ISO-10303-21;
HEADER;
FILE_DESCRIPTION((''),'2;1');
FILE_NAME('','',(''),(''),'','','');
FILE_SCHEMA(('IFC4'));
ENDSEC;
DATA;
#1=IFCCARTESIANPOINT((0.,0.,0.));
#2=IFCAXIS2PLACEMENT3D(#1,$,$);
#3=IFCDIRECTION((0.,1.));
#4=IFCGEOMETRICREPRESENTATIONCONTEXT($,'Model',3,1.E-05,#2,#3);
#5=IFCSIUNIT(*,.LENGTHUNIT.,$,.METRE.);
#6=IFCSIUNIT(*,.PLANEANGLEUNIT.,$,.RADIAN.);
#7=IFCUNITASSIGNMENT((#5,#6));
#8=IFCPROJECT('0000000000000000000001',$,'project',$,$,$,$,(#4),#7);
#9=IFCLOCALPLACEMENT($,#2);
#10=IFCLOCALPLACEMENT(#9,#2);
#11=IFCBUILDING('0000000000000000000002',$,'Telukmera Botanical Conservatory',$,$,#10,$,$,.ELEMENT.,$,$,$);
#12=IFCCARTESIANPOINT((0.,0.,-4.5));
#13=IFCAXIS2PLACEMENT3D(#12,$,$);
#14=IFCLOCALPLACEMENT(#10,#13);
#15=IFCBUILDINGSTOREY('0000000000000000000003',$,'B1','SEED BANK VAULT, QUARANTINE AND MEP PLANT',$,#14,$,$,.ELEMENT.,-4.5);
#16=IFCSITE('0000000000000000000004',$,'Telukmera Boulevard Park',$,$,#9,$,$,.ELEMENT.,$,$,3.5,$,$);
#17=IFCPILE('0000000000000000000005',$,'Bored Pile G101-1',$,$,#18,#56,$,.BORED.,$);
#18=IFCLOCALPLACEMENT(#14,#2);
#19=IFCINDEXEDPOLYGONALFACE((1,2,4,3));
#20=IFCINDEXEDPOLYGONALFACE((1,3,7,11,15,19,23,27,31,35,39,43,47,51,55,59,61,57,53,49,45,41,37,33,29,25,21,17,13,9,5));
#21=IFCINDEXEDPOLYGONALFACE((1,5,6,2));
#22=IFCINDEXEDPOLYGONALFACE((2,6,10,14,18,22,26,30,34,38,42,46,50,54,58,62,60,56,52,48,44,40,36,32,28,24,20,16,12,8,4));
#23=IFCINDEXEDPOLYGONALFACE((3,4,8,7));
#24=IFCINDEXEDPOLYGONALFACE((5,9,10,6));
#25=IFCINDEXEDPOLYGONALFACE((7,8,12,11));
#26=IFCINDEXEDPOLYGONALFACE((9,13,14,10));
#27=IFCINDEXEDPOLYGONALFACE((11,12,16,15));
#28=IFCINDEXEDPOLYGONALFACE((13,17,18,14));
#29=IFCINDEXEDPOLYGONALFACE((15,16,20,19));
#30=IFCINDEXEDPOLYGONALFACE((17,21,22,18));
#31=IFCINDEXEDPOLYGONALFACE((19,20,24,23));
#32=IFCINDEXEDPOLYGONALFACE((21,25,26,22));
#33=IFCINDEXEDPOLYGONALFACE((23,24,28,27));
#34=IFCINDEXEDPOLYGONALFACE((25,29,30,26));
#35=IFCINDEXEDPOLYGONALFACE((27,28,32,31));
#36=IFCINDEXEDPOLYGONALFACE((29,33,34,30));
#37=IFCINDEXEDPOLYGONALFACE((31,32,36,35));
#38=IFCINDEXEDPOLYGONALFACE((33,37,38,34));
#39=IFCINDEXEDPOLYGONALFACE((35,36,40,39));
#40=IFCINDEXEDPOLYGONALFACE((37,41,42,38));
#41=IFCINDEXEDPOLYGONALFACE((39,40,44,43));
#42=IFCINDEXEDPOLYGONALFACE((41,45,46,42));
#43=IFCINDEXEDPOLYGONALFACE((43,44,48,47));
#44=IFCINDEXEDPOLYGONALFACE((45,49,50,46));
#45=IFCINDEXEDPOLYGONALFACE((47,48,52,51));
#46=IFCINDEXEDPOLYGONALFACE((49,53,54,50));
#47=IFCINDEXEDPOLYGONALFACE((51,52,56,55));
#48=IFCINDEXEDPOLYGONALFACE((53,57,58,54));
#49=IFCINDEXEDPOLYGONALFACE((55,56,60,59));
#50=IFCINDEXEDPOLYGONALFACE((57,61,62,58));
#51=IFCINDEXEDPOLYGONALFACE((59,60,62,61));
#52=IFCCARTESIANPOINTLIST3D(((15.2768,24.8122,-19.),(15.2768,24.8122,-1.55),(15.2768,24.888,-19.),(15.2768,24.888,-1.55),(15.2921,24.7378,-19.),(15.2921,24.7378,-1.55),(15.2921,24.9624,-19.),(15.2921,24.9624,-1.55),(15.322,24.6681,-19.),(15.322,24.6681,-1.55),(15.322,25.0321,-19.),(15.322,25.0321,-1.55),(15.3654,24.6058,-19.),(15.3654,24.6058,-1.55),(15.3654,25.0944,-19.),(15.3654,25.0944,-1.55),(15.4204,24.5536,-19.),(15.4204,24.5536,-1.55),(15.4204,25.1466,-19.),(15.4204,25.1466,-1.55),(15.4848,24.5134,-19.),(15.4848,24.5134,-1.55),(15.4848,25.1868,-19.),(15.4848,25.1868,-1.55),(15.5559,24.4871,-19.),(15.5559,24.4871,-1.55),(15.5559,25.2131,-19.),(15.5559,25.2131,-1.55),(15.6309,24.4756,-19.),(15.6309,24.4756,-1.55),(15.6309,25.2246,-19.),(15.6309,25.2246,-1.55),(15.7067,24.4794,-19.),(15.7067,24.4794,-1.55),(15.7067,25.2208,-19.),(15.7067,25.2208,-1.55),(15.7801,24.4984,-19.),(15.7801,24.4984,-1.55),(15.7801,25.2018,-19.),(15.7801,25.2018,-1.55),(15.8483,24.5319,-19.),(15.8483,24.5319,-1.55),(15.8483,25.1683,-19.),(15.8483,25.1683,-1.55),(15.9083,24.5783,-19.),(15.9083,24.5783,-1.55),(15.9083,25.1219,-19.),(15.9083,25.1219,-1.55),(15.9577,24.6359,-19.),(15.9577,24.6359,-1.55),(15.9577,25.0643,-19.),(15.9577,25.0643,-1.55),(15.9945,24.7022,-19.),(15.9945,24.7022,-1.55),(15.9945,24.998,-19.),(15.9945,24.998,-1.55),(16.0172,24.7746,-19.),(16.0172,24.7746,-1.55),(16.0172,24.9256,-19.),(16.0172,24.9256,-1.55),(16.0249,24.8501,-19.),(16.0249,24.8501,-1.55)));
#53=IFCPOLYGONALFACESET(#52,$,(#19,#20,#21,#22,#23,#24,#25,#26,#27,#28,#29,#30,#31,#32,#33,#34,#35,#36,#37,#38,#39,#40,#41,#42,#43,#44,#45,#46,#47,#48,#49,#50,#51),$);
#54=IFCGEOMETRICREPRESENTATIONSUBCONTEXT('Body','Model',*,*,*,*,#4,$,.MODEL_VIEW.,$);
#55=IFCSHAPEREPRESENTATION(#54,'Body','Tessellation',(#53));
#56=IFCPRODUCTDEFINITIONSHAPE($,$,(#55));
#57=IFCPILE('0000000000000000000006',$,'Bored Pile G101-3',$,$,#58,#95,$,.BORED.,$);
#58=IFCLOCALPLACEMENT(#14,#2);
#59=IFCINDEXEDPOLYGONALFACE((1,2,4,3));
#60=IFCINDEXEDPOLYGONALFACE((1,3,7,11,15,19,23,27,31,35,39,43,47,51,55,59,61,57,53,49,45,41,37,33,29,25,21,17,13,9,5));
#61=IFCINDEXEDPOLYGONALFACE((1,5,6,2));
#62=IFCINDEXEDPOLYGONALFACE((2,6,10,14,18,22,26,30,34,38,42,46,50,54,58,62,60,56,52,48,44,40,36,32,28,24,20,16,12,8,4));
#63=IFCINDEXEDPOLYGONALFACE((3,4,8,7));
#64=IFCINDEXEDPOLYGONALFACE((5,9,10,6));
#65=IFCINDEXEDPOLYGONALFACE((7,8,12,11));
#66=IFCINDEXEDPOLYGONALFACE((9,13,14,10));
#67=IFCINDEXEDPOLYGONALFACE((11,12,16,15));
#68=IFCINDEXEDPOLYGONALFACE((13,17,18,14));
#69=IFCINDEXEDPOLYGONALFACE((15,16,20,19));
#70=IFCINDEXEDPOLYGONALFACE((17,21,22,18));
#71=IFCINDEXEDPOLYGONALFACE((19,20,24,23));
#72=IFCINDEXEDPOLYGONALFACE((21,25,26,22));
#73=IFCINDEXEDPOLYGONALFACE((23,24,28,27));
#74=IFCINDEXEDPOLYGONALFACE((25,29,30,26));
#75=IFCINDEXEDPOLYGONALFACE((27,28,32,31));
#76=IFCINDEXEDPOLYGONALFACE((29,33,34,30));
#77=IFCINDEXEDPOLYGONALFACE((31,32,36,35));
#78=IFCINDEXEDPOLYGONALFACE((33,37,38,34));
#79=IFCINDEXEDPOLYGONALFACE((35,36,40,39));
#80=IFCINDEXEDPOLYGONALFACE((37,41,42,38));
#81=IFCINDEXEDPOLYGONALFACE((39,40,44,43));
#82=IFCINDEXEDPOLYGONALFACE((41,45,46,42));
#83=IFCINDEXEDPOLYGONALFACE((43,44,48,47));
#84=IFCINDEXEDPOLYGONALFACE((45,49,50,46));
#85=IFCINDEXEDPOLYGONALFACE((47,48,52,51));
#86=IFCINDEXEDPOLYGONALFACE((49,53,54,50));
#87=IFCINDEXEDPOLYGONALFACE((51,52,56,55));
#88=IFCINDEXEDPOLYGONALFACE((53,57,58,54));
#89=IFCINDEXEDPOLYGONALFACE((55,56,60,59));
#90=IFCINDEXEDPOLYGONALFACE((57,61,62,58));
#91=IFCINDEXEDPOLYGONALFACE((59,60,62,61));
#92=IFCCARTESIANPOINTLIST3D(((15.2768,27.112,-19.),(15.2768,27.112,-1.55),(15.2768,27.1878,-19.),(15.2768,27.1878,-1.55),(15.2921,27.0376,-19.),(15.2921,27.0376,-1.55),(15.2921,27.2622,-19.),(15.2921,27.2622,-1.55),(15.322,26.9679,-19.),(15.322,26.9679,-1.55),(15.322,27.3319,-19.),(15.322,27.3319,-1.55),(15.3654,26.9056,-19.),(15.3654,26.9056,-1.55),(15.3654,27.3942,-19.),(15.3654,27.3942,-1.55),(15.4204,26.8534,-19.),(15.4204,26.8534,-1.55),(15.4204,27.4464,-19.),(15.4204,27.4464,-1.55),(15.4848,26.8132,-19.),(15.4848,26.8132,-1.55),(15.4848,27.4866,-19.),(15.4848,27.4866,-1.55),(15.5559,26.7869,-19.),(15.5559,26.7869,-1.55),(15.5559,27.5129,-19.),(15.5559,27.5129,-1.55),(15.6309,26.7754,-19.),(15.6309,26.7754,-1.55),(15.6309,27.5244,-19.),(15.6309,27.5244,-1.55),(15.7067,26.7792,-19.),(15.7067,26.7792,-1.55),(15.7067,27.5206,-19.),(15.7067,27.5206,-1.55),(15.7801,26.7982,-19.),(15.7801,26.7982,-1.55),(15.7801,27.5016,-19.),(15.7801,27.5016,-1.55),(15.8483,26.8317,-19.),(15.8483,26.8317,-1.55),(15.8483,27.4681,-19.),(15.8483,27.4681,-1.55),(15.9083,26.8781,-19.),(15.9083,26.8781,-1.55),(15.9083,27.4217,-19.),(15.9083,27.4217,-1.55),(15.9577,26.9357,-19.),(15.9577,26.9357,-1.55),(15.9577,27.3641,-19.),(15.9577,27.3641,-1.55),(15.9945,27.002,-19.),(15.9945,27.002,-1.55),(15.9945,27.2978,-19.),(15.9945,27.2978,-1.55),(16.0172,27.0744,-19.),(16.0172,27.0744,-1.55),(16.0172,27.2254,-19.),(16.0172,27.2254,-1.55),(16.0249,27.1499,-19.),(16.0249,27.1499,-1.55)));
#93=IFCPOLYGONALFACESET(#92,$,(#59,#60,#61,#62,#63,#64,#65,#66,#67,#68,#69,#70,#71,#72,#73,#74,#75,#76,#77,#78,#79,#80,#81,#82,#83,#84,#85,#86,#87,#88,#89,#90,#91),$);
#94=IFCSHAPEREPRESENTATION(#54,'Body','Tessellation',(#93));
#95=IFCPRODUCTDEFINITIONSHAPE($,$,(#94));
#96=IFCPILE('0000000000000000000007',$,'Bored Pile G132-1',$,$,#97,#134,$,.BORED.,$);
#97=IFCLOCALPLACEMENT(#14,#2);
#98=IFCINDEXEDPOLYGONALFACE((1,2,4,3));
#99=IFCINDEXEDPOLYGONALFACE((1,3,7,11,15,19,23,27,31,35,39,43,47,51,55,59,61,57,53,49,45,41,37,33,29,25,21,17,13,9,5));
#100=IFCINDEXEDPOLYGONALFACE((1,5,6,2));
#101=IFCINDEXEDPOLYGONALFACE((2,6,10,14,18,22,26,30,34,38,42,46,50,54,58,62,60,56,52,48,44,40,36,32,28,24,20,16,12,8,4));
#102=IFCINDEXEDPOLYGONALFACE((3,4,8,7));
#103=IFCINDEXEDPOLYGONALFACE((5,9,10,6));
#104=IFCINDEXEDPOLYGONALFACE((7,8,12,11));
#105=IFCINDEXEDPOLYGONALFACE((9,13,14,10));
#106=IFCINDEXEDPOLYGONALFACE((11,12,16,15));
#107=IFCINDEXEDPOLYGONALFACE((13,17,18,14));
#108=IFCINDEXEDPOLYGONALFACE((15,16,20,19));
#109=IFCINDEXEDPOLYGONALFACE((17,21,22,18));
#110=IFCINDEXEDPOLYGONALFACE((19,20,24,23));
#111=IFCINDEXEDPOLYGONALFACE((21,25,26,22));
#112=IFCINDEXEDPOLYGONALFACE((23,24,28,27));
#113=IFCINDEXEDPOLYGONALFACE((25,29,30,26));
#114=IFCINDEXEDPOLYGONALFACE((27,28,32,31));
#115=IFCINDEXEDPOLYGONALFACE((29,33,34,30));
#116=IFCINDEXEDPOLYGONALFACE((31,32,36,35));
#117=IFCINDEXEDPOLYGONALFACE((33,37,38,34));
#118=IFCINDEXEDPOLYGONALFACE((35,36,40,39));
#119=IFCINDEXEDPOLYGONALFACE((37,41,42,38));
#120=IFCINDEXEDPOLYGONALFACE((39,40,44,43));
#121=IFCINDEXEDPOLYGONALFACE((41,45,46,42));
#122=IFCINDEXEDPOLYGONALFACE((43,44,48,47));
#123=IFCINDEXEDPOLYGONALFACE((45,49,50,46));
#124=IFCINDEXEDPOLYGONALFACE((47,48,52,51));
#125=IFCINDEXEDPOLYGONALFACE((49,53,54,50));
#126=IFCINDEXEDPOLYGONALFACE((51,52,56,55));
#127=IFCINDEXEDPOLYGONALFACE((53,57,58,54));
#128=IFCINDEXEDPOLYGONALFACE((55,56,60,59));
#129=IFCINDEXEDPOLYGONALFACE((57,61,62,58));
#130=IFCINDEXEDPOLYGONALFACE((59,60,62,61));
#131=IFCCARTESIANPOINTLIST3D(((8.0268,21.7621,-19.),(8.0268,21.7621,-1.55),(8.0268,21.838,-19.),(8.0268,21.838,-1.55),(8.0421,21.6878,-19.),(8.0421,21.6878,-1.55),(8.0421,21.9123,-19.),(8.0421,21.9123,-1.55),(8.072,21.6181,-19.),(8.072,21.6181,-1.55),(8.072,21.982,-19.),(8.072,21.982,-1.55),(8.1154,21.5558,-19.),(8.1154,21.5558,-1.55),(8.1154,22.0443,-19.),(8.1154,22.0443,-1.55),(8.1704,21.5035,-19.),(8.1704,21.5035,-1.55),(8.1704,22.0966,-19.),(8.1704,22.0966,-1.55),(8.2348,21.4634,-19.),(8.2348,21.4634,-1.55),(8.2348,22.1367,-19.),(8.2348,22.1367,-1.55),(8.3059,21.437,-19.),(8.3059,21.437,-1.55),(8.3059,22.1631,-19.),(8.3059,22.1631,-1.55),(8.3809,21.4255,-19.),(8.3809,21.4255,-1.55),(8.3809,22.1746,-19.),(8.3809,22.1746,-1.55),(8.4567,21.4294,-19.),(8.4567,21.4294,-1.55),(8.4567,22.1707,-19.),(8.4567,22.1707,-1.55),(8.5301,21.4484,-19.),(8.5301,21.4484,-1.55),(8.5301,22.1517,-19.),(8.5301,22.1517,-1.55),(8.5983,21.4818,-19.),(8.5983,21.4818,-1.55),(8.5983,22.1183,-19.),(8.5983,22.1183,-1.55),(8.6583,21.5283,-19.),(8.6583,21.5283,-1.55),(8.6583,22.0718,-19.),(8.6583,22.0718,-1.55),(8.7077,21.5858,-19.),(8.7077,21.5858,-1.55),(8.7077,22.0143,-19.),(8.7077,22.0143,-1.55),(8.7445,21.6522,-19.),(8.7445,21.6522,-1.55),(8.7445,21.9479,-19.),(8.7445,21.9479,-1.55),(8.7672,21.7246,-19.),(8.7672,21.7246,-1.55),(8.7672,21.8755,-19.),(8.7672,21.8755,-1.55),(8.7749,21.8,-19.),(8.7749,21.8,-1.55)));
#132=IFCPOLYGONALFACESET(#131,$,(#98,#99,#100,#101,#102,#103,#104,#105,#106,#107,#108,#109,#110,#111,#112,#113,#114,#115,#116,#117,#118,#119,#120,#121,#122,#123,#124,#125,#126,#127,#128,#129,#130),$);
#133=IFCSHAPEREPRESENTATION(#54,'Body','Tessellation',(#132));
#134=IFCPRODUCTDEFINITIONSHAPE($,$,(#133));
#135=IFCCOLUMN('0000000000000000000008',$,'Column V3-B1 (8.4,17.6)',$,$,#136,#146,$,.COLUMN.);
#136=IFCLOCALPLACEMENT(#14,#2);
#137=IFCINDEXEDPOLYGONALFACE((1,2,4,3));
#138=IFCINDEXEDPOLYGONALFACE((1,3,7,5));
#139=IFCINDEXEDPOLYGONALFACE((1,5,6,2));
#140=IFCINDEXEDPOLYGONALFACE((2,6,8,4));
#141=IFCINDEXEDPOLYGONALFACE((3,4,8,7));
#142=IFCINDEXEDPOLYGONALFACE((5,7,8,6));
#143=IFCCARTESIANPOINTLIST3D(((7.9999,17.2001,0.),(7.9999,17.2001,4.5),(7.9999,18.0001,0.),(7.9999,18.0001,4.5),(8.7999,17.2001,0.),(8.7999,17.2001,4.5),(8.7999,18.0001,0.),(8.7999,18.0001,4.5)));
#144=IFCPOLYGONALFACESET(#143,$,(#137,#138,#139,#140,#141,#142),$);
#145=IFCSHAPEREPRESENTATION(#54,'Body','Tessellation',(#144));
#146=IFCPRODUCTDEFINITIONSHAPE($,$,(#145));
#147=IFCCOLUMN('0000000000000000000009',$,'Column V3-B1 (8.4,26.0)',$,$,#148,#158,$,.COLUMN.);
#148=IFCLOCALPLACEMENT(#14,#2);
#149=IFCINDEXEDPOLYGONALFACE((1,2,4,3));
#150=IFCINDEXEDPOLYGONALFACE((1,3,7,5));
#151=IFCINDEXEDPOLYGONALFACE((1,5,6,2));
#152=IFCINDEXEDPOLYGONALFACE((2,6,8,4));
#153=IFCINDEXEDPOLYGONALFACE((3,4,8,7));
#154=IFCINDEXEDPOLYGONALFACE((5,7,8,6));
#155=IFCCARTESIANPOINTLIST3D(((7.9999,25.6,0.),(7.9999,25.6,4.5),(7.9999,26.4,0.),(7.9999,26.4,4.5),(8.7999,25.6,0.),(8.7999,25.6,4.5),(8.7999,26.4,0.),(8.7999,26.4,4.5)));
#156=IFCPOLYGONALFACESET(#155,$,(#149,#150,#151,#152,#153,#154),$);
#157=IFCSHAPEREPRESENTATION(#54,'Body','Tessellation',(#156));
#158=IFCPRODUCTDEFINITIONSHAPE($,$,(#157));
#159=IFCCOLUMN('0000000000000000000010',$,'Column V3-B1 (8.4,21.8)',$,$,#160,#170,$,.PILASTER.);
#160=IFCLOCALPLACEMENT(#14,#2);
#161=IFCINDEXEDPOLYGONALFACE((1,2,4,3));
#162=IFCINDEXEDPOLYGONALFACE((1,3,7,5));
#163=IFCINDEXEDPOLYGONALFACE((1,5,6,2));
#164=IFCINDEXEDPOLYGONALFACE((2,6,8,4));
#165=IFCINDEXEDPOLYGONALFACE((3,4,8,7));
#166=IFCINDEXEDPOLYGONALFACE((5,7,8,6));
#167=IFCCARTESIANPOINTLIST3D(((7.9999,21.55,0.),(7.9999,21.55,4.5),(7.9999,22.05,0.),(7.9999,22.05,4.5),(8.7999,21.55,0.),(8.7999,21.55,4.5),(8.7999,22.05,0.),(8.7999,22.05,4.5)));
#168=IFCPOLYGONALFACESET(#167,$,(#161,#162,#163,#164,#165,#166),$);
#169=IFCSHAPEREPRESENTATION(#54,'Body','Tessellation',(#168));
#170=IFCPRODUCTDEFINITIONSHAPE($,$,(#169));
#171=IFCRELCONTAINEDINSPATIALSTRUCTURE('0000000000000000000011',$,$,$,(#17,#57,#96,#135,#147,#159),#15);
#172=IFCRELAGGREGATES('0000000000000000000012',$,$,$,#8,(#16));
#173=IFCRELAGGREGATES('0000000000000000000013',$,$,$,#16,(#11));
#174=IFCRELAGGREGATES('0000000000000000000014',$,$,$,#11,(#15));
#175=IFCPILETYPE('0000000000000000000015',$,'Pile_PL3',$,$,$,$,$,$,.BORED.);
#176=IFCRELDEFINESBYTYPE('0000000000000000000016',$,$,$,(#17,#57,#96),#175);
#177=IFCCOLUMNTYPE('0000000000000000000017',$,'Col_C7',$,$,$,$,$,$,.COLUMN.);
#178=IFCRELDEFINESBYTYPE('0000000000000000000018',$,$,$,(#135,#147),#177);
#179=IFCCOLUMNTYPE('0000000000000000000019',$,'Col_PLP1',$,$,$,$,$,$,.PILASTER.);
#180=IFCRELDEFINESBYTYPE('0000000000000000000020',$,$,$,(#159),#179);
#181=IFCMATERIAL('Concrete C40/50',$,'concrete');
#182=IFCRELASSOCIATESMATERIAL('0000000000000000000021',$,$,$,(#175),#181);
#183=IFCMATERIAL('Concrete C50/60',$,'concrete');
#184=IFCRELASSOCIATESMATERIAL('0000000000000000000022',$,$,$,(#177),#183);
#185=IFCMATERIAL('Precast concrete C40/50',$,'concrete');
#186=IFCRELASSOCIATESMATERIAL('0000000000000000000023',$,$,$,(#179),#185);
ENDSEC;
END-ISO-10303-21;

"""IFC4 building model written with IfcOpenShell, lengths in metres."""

from ifc_helpers import new_model, si_unit, direction, frame, origin, origin_2d, place, context, subcontext, project, spatial, rectangle, circle, extrude, material, material_profile, profile_set, type_object, element, save


model = new_model("IFC4")

# Units and contexts
model_context = context("Model", 3, precision=1e-05, world=origin(), true_north=direction((0.0, 1.0)))
body_context = subcontext(model_context, "Body", "Model", "MODEL_VIEW")
ifc_project = project(units=[si_unit("LENGTHUNIT", "METRE"), si_unit("PLANEANGLEUNIT", "RADIAN")], contexts=[model_context])

# Site, building, storey
site_placement = place(None, origin())
site = spatial("IfcSite", under=ifc_project, at=site_placement, Name="Telukmera Boulevard Park", CompositionType="ELEMENT", RefElevation=3.5)
building_placement = place(site_placement, origin())
building = spatial("IfcBuilding", under=site, at=building_placement, Name="Telukmera Botanical Conservatory", CompositionType="ELEMENT")
storey_placement = place(building_placement, frame((0.0, 0.0, -4.5)))
storey = spatial("IfcBuildingStorey", under=building, at=storey_placement, Name="B1", Description="SEED BANK VAULT, QUARANTINE AND MEP PLANT", CompositionType="ELEMENT", Elevation=-4.5)

# Shared definitions
ifc_material_1 = material(Name="Concrete C50/60", Category="concrete")
ifc_material_2 = material(Name="Concrete C40/50", Category="concrete")

# Piles
ifc_material_profile_1 = material_profile(ifc_material_2, circle(Radius=0.375, at=origin_2d()), Name="PILE D750")
ifc_profile_set_1 = profile_set([ifc_material_profile_1], Name="Concrete C40/50")
pile_type = type_object("IfcPileType", Name="Pile_PL3", PredefinedType="BORED", material=ifc_profile_set_1)
for number, where, z_axis, x_axis, name in (
    (1, (15.6499, 24.8501, -1.55), (0.0, 0.0, -1.0), (1.0, 0.0, 0.0), "Bored Pile G101-1"),
    (2, (15.6499, 27.1499, -1.55), (0.0, 0.0, -1.0), (1.0, 0.0, 0.0), "Bored Pile G101-3"),
    (3, (8.3999, 21.8, -1.55), (0.0, 0.0, -1.0), (1.0, 0.0, 0.0), "Bored Pile G132-1"),
):
    element("IfcPile", number, at=place(storey_placement, frame(where, z_axis=z_axis, x_axis=x_axis)), inside=storey, type_object=pile_type, Name=name, PredefinedType="BORED", context=body_context, shape_type="SweptSolid", body=[
        extrude(circle(Radius=0.375, at=origin_2d()), origin(), (0.0, 0.0, 1.0), 17.45),
    ])

# Columns
ifc_material_profile_2 = material_profile(ifc_material_1, rectangle(XDim=0.8, YDim=0.8, at=origin_2d()), Name="RC 800x800")
ifc_profile_set_2 = profile_set([ifc_material_profile_2], Name="Concrete C50/60")
column_type_1 = type_object("IfcColumnType", Name="Col_C7", PredefinedType="COLUMN", material=ifc_profile_set_2)
for number, where, z_axis, x_axis, name in (
    (4, (8.3999, 17.6001, 0.0), (0.0, 0.0, 1.0), (1.0, 0.0, 0.0), "Column V3-B1 (8.4,17.6)"),
    (5, (8.3999, 26.0, 0.0), (0.0, 0.0, 1.0), (1.0, 0.0, 0.0), "Column V3-B1 (8.4,26.0)"),
):
    element("IfcColumn", number, at=place(storey_placement, frame(where, z_axis=z_axis, x_axis=x_axis)), inside=storey, type_object=column_type_1, Name=name, PredefinedType="COLUMN", context=body_context, shape_type="SweptSolid", body=[
        extrude(rectangle(XDim=0.8, YDim=0.8, at=origin_2d()), origin(), (0.0, 0.0, 1.0), 4.5),
    ])
ifc_material_3 = material(Name="Precast concrete C40/50", Category="concrete")
ifc_material_profile_3 = material_profile(ifc_material_3, rectangle(XDim=0.8, YDim=0.5, at=origin_2d()), Name="PC 800x500")
ifc_profile_set_3 = profile_set([ifc_material_profile_3], Name="Precast concrete C40/50")
column_type_2 = type_object("IfcColumnType", Name="Col_PLP1", PredefinedType="PILASTER", material=ifc_profile_set_3)
column_placement = place(storey_placement, frame((8.3999, 21.8, 0.0), z_axis=(0.0, 0.0, 1.0), x_axis=(1.0, 0.0, 0.0)))
element("IfcColumn", 6, at=column_placement, inside=storey, type_object=column_type_2, Name="Column V3-B1 (8.4,21.8)", PredefinedType="PILASTER", context=body_context, shape_type="SweptSolid", body=[
    extrude(rectangle(XDim=0.8, YDim=0.5, at=origin_2d()), origin(), (0.0, 0.0, 1.0), 4.5),
])

save(model, "model.ifc")
